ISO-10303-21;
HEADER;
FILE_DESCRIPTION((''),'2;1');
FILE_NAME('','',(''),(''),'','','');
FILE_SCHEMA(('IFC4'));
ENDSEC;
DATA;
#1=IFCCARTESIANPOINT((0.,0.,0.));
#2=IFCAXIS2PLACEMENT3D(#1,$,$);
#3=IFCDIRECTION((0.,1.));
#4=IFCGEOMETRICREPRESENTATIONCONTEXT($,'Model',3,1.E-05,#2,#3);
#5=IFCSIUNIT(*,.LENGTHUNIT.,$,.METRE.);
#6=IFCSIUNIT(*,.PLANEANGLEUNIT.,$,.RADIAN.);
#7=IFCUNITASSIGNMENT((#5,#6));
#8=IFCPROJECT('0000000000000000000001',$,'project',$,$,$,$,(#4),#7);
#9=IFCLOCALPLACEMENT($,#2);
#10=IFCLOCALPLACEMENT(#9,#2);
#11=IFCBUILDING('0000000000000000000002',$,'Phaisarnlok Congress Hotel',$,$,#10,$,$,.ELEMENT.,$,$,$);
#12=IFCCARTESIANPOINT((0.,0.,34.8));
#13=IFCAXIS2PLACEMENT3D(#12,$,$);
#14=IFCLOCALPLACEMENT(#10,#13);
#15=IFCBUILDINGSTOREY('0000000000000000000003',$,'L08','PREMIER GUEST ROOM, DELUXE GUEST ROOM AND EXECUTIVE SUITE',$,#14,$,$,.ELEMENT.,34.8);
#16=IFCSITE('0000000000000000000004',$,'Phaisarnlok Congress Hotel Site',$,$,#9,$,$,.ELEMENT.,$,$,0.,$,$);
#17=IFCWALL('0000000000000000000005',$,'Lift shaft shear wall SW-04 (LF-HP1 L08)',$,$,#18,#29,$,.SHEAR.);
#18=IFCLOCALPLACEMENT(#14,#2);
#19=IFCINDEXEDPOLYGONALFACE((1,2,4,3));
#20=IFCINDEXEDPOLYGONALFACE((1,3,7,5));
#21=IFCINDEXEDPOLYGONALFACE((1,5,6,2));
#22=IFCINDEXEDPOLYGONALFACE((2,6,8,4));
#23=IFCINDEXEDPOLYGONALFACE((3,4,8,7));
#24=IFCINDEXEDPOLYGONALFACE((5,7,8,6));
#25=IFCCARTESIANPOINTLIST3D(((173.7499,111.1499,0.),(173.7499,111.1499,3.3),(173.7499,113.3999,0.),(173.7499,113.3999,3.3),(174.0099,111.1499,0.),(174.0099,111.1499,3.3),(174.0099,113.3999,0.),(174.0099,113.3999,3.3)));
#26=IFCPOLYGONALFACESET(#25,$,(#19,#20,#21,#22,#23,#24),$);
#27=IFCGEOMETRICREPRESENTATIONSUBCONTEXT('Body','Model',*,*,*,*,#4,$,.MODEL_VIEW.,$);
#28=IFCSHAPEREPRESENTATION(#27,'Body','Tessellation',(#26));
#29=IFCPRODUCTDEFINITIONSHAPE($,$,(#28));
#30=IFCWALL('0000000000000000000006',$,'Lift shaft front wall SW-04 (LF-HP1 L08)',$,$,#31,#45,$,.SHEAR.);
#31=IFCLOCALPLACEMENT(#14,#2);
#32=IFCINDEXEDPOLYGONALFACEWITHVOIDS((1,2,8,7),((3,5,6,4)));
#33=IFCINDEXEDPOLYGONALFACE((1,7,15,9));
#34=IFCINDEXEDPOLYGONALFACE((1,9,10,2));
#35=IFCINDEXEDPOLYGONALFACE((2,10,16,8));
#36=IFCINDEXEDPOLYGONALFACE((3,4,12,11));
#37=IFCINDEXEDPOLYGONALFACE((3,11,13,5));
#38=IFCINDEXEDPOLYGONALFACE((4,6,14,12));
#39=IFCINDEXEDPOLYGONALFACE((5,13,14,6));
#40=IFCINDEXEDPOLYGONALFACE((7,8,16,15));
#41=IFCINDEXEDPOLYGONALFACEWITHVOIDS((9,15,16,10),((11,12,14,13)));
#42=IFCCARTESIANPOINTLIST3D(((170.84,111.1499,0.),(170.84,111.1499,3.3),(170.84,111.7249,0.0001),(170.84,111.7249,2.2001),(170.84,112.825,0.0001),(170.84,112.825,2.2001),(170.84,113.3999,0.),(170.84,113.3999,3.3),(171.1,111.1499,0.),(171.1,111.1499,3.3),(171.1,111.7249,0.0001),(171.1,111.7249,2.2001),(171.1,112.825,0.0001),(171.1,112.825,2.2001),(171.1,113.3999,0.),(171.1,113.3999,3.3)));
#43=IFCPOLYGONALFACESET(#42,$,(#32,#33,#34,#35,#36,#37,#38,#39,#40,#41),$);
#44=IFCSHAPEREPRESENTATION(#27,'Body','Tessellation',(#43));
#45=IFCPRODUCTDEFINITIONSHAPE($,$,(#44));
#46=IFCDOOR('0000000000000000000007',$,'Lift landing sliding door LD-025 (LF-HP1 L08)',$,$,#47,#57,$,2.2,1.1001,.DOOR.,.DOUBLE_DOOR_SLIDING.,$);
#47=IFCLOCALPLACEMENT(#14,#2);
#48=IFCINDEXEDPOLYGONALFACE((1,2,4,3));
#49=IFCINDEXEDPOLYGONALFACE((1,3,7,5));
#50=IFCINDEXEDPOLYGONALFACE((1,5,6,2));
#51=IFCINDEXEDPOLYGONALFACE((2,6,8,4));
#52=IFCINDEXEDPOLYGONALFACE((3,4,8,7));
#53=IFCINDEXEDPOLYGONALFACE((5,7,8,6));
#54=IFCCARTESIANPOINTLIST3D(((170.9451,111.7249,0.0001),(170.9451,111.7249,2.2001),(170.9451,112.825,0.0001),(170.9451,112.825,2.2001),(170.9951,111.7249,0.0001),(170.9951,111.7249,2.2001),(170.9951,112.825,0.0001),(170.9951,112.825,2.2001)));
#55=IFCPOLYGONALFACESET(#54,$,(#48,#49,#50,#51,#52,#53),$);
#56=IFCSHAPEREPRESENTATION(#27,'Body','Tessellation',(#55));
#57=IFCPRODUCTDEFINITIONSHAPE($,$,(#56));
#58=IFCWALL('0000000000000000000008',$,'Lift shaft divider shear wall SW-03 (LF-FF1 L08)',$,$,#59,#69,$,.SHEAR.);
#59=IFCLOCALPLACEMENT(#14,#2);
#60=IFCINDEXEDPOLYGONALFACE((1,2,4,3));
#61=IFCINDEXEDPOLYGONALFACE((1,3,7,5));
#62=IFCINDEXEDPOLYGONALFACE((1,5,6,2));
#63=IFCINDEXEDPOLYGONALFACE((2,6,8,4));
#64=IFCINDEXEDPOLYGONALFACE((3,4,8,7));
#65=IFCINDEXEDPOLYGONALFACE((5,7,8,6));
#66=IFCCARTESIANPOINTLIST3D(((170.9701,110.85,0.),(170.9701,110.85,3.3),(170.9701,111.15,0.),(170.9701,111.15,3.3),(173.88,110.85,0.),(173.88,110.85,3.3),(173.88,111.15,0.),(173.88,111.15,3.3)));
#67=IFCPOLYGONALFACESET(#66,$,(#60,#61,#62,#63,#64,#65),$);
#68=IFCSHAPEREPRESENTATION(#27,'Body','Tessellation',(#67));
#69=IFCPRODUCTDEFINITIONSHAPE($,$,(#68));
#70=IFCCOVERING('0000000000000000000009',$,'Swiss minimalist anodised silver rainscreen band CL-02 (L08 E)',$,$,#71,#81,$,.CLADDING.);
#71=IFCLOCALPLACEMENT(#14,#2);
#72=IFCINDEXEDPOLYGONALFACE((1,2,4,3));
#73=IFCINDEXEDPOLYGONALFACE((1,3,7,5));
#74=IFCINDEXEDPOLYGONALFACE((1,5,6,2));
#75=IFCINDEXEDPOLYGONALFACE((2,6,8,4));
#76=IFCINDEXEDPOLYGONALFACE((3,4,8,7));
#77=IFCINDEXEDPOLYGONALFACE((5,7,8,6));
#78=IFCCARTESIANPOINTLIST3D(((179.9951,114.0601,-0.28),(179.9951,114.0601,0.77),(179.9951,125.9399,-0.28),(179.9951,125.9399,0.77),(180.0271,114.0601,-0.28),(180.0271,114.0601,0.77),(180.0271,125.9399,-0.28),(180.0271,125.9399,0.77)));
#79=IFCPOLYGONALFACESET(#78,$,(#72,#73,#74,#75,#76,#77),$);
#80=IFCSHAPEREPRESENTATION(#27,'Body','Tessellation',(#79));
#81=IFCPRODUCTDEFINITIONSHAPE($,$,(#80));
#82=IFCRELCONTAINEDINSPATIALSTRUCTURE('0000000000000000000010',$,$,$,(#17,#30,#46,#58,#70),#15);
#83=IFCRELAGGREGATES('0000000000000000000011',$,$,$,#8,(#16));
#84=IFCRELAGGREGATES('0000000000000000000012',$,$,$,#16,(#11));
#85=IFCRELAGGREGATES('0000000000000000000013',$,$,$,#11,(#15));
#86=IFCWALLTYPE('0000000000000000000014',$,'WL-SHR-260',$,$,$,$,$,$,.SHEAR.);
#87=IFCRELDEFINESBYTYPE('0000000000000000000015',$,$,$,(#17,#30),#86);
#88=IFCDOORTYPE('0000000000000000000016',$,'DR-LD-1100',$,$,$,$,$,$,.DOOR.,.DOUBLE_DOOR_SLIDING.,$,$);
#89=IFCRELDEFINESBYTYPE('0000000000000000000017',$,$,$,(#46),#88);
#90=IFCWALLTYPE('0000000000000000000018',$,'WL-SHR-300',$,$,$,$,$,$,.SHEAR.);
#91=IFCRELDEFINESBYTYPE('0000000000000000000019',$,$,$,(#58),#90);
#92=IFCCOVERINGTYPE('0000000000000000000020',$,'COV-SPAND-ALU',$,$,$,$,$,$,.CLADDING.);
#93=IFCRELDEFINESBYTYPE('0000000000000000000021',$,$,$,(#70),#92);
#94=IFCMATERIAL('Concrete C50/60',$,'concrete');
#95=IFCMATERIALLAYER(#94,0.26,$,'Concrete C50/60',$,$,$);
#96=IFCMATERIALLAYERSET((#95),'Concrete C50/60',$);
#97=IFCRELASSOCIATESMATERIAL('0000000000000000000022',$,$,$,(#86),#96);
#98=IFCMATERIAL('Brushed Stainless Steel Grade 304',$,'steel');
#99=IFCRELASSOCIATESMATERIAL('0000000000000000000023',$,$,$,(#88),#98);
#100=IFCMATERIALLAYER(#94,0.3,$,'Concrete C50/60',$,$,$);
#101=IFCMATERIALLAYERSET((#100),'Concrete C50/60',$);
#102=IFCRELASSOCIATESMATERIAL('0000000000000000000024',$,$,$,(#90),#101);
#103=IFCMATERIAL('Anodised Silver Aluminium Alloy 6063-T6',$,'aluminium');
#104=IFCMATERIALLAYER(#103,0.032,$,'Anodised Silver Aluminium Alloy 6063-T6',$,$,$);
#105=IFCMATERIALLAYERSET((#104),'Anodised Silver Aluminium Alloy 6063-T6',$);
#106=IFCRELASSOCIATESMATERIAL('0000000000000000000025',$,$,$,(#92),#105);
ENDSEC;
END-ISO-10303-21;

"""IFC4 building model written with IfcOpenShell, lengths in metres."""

from ifc_helpers import new_model, si_unit, direction, frame, frame_2d, origin, place, context, subcontext, project, spatial, polyline, rectangle, outline, extrude, material, layer, layer_set, type_object, element, fill, save


model = new_model("IFC4")

# Units and contexts
model_context = context("Model", 3, precision=1e-05, world=origin(), true_north=direction((0.0, 1.0)))
body_context = subcontext(model_context, "Body", "Model", "MODEL_VIEW")
ifc_project = project(units=[si_unit("LENGTHUNIT", "METRE"), si_unit("PLANEANGLEUNIT", "RADIAN")], contexts=[model_context])

# Site, building, storey
site_placement = place(None, origin())
site = spatial("IfcSite", under=ifc_project, at=site_placement, Name="Phaisarnlok Congress Hotel Site", CompositionType="ELEMENT", RefElevation=0.0)
building_placement = place(site_placement, origin())
building = spatial("IfcBuilding", under=site, at=building_placement, Name="Phaisarnlok Congress Hotel", CompositionType="ELEMENT")
storey_placement = place(building_placement, frame((0.0, 0.0, 34.8)))
storey = spatial("IfcBuildingStorey", under=building, at=storey_placement, Name="L08", Description="PREMIER GUEST ROOM, DELUXE GUEST ROOM AND EXECUTIVE SUITE", CompositionType="ELEMENT", Elevation=34.8)

# Shared definitions
ifc_material_1 = material(Name="Concrete C50/60", Category="concrete")

# Shared definitions
ifc_layer_1 = layer(ifc_material_1, 0.26, Name="Concrete C50/60")
ifc_layer_set_1 = layer_set([ifc_layer_1], Name="Concrete C50/60")
wall_type_1 = type_object("IfcWallType", Name="WL-SHR-260", PredefinedType="SHEAR", material=ifc_layer_set_1)

# Shared definitions
ifc_material_2 = material(Name="Brushed Stainless Steel Grade 304", Category="steel")
door_type_1 = type_object("IfcDoorType", Name="DR-LD-1100", OperationType="DOUBLE_DOOR_SLIDING", PredefinedType="DOOR", material=ifc_material_2)

# Wall
wall_1_placement = place(storey_placement, frame((173.8799, 111.1499, 0.0), z_axis=(0.0, 0.0, 1.0), x_axis=(0.0, 1.0, 0.0)))
element("IfcWall", 1, at=wall_1_placement, inside=storey, type_object=wall_type_1, Name="Lift shaft shear wall SW-04 (LF-HP1 L08)", PredefinedType="SHEAR", context=body_context, shape_type="SweptSolid", body=[
    extrude(rectangle(XDim=2.25, YDim=0.26, at=frame_2d((1.125, 0.0))), origin(), (0.0, 0.0, 1.0), 3.3),
])

# Wall, opening, door
wall_2_placement = place(storey_placement, frame((170.97, 111.1499, 0.0), z_axis=(0.0, 0.0, 1.0), x_axis=(0.0, 1.0, 0.0)))
wall_2 = element("IfcWall", 2, at=wall_2_placement, inside=storey, type_object=wall_type_1, Name="Lift shaft front wall SW-04 (LF-HP1 L08)", PredefinedType="SHEAR", context=body_context, shape_type="SweptSolid", body=[
    extrude(rectangle(XDim=2.25, YDim=0.26, at=frame_2d((1.125, 0.0))), origin(), (0.0, 0.0, 1.0), 3.3),
])
opening_1_placement = place(wall_2_placement, frame((0.575, 0.0, 0.0)))
opening_1 = element("IfcOpeningElement", 3, at=opening_1_placement, cuts=wall_2, PredefinedType="OPENING", context=body_context, shape_type="SweptSolid", body=[
    extrude(rectangle(XDim=1.1001, YDim=2.2, at=frame_2d((0.55, 1.1001))), frame((0.0, 0.1401, 0.0), z_axis=(0.0, -1.0, 0.0), x_axis=(1.0, 0.0, 0.0)), (0.0, 0.0, 1.0), 0.28),
])
door_1_placement = place(opening_1_placement, origin())
door_1 = element("IfcDoor", 4, at=door_1_placement, inside=storey, type_object=door_type_1, Name="Lift landing sliding door LD-025 (LF-HP1 L08)", OperationType="DOUBLE_DOOR_SLIDING", OverallHeight=2.2, OverallWidth=1.1001, PredefinedType="DOOR", context=body_context, shape_type="SweptSolid", body=[
    extrude(rectangle(XDim=1.1001, YDim=2.2, at=frame_2d((0.55, 1.1001))), frame((0.0, 0.0249, 0.0), z_axis=(0.0, -1.0, 0.0), x_axis=(1.0, 0.0, 0.0)), (0.0, 0.0, 1.0), 0.05),
])
fill(opening_1, door_1)

# Wall
ifc_layer_2 = layer(ifc_material_1, 0.3, Name="Concrete C50/60")
ifc_layer_set_2 = layer_set([ifc_layer_2], Name="Concrete C50/60")
wall_type_2 = type_object("IfcWallType", Name="WL-SHR-300", PredefinedType="SHEAR", material=ifc_layer_set_2)
wall_3_placement = place(storey_placement, frame((170.97, 111.0, 0.0), z_axis=(0.0, 0.0, 1.0), x_axis=(1.0, 0.0, 0.0)))
element("IfcWall", 5, at=wall_3_placement, inside=storey, type_object=wall_type_2, Name="Lift shaft divider shear wall SW-03 (LF-FF1 L08)", PredefinedType="SHEAR", context=body_context, shape_type="SweptSolid", body=[
    extrude(rectangle(XDim=2.9099, YDim=0.3, at=frame_2d((1.4551, 0.0))), origin(), (0.0, 0.0, 1.0), 3.3),
])

# Covering
ifc_material_3 = material(Name="Anodised Silver Aluminium Alloy 6063-T6", Category="aluminium")
ifc_layer_3 = layer(ifc_material_3, 0.032, Name="Anodised Silver Aluminium Alloy 6063-T6")
ifc_layer_set_3 = layer_set([ifc_layer_3], Name="Anodised Silver Aluminium Alloy 6063-T6")
covering_type = type_object("IfcCoveringType", Name="COV-SPAND-ALU", PredefinedType="CLADDING", material=ifc_layer_set_3)
covering_placement = place(storey_placement, frame((179.9951, 114.0601, -0.28), z_axis=(1.0, 0.0, 0.0), x_axis=(0.0, 1.0, 0.0)))
element("IfcCovering", 6, at=covering_placement, inside=storey, type_object=covering_type, Name="Swiss minimalist anodised silver rainscreen band CL-02 (L08 E)", PredefinedType="CLADDING", context=body_context, shape_type="SweptSolid", body=[
    extrude(outline(polyline([(0.0, 0.0), (11.8799, 0.0), (11.8799, 1.05), (0.0, 1.05), (0.0, 0.0)])), origin(), (0.0, 0.0, 1.0), 0.032),
])

save(model, "model.ifc")
